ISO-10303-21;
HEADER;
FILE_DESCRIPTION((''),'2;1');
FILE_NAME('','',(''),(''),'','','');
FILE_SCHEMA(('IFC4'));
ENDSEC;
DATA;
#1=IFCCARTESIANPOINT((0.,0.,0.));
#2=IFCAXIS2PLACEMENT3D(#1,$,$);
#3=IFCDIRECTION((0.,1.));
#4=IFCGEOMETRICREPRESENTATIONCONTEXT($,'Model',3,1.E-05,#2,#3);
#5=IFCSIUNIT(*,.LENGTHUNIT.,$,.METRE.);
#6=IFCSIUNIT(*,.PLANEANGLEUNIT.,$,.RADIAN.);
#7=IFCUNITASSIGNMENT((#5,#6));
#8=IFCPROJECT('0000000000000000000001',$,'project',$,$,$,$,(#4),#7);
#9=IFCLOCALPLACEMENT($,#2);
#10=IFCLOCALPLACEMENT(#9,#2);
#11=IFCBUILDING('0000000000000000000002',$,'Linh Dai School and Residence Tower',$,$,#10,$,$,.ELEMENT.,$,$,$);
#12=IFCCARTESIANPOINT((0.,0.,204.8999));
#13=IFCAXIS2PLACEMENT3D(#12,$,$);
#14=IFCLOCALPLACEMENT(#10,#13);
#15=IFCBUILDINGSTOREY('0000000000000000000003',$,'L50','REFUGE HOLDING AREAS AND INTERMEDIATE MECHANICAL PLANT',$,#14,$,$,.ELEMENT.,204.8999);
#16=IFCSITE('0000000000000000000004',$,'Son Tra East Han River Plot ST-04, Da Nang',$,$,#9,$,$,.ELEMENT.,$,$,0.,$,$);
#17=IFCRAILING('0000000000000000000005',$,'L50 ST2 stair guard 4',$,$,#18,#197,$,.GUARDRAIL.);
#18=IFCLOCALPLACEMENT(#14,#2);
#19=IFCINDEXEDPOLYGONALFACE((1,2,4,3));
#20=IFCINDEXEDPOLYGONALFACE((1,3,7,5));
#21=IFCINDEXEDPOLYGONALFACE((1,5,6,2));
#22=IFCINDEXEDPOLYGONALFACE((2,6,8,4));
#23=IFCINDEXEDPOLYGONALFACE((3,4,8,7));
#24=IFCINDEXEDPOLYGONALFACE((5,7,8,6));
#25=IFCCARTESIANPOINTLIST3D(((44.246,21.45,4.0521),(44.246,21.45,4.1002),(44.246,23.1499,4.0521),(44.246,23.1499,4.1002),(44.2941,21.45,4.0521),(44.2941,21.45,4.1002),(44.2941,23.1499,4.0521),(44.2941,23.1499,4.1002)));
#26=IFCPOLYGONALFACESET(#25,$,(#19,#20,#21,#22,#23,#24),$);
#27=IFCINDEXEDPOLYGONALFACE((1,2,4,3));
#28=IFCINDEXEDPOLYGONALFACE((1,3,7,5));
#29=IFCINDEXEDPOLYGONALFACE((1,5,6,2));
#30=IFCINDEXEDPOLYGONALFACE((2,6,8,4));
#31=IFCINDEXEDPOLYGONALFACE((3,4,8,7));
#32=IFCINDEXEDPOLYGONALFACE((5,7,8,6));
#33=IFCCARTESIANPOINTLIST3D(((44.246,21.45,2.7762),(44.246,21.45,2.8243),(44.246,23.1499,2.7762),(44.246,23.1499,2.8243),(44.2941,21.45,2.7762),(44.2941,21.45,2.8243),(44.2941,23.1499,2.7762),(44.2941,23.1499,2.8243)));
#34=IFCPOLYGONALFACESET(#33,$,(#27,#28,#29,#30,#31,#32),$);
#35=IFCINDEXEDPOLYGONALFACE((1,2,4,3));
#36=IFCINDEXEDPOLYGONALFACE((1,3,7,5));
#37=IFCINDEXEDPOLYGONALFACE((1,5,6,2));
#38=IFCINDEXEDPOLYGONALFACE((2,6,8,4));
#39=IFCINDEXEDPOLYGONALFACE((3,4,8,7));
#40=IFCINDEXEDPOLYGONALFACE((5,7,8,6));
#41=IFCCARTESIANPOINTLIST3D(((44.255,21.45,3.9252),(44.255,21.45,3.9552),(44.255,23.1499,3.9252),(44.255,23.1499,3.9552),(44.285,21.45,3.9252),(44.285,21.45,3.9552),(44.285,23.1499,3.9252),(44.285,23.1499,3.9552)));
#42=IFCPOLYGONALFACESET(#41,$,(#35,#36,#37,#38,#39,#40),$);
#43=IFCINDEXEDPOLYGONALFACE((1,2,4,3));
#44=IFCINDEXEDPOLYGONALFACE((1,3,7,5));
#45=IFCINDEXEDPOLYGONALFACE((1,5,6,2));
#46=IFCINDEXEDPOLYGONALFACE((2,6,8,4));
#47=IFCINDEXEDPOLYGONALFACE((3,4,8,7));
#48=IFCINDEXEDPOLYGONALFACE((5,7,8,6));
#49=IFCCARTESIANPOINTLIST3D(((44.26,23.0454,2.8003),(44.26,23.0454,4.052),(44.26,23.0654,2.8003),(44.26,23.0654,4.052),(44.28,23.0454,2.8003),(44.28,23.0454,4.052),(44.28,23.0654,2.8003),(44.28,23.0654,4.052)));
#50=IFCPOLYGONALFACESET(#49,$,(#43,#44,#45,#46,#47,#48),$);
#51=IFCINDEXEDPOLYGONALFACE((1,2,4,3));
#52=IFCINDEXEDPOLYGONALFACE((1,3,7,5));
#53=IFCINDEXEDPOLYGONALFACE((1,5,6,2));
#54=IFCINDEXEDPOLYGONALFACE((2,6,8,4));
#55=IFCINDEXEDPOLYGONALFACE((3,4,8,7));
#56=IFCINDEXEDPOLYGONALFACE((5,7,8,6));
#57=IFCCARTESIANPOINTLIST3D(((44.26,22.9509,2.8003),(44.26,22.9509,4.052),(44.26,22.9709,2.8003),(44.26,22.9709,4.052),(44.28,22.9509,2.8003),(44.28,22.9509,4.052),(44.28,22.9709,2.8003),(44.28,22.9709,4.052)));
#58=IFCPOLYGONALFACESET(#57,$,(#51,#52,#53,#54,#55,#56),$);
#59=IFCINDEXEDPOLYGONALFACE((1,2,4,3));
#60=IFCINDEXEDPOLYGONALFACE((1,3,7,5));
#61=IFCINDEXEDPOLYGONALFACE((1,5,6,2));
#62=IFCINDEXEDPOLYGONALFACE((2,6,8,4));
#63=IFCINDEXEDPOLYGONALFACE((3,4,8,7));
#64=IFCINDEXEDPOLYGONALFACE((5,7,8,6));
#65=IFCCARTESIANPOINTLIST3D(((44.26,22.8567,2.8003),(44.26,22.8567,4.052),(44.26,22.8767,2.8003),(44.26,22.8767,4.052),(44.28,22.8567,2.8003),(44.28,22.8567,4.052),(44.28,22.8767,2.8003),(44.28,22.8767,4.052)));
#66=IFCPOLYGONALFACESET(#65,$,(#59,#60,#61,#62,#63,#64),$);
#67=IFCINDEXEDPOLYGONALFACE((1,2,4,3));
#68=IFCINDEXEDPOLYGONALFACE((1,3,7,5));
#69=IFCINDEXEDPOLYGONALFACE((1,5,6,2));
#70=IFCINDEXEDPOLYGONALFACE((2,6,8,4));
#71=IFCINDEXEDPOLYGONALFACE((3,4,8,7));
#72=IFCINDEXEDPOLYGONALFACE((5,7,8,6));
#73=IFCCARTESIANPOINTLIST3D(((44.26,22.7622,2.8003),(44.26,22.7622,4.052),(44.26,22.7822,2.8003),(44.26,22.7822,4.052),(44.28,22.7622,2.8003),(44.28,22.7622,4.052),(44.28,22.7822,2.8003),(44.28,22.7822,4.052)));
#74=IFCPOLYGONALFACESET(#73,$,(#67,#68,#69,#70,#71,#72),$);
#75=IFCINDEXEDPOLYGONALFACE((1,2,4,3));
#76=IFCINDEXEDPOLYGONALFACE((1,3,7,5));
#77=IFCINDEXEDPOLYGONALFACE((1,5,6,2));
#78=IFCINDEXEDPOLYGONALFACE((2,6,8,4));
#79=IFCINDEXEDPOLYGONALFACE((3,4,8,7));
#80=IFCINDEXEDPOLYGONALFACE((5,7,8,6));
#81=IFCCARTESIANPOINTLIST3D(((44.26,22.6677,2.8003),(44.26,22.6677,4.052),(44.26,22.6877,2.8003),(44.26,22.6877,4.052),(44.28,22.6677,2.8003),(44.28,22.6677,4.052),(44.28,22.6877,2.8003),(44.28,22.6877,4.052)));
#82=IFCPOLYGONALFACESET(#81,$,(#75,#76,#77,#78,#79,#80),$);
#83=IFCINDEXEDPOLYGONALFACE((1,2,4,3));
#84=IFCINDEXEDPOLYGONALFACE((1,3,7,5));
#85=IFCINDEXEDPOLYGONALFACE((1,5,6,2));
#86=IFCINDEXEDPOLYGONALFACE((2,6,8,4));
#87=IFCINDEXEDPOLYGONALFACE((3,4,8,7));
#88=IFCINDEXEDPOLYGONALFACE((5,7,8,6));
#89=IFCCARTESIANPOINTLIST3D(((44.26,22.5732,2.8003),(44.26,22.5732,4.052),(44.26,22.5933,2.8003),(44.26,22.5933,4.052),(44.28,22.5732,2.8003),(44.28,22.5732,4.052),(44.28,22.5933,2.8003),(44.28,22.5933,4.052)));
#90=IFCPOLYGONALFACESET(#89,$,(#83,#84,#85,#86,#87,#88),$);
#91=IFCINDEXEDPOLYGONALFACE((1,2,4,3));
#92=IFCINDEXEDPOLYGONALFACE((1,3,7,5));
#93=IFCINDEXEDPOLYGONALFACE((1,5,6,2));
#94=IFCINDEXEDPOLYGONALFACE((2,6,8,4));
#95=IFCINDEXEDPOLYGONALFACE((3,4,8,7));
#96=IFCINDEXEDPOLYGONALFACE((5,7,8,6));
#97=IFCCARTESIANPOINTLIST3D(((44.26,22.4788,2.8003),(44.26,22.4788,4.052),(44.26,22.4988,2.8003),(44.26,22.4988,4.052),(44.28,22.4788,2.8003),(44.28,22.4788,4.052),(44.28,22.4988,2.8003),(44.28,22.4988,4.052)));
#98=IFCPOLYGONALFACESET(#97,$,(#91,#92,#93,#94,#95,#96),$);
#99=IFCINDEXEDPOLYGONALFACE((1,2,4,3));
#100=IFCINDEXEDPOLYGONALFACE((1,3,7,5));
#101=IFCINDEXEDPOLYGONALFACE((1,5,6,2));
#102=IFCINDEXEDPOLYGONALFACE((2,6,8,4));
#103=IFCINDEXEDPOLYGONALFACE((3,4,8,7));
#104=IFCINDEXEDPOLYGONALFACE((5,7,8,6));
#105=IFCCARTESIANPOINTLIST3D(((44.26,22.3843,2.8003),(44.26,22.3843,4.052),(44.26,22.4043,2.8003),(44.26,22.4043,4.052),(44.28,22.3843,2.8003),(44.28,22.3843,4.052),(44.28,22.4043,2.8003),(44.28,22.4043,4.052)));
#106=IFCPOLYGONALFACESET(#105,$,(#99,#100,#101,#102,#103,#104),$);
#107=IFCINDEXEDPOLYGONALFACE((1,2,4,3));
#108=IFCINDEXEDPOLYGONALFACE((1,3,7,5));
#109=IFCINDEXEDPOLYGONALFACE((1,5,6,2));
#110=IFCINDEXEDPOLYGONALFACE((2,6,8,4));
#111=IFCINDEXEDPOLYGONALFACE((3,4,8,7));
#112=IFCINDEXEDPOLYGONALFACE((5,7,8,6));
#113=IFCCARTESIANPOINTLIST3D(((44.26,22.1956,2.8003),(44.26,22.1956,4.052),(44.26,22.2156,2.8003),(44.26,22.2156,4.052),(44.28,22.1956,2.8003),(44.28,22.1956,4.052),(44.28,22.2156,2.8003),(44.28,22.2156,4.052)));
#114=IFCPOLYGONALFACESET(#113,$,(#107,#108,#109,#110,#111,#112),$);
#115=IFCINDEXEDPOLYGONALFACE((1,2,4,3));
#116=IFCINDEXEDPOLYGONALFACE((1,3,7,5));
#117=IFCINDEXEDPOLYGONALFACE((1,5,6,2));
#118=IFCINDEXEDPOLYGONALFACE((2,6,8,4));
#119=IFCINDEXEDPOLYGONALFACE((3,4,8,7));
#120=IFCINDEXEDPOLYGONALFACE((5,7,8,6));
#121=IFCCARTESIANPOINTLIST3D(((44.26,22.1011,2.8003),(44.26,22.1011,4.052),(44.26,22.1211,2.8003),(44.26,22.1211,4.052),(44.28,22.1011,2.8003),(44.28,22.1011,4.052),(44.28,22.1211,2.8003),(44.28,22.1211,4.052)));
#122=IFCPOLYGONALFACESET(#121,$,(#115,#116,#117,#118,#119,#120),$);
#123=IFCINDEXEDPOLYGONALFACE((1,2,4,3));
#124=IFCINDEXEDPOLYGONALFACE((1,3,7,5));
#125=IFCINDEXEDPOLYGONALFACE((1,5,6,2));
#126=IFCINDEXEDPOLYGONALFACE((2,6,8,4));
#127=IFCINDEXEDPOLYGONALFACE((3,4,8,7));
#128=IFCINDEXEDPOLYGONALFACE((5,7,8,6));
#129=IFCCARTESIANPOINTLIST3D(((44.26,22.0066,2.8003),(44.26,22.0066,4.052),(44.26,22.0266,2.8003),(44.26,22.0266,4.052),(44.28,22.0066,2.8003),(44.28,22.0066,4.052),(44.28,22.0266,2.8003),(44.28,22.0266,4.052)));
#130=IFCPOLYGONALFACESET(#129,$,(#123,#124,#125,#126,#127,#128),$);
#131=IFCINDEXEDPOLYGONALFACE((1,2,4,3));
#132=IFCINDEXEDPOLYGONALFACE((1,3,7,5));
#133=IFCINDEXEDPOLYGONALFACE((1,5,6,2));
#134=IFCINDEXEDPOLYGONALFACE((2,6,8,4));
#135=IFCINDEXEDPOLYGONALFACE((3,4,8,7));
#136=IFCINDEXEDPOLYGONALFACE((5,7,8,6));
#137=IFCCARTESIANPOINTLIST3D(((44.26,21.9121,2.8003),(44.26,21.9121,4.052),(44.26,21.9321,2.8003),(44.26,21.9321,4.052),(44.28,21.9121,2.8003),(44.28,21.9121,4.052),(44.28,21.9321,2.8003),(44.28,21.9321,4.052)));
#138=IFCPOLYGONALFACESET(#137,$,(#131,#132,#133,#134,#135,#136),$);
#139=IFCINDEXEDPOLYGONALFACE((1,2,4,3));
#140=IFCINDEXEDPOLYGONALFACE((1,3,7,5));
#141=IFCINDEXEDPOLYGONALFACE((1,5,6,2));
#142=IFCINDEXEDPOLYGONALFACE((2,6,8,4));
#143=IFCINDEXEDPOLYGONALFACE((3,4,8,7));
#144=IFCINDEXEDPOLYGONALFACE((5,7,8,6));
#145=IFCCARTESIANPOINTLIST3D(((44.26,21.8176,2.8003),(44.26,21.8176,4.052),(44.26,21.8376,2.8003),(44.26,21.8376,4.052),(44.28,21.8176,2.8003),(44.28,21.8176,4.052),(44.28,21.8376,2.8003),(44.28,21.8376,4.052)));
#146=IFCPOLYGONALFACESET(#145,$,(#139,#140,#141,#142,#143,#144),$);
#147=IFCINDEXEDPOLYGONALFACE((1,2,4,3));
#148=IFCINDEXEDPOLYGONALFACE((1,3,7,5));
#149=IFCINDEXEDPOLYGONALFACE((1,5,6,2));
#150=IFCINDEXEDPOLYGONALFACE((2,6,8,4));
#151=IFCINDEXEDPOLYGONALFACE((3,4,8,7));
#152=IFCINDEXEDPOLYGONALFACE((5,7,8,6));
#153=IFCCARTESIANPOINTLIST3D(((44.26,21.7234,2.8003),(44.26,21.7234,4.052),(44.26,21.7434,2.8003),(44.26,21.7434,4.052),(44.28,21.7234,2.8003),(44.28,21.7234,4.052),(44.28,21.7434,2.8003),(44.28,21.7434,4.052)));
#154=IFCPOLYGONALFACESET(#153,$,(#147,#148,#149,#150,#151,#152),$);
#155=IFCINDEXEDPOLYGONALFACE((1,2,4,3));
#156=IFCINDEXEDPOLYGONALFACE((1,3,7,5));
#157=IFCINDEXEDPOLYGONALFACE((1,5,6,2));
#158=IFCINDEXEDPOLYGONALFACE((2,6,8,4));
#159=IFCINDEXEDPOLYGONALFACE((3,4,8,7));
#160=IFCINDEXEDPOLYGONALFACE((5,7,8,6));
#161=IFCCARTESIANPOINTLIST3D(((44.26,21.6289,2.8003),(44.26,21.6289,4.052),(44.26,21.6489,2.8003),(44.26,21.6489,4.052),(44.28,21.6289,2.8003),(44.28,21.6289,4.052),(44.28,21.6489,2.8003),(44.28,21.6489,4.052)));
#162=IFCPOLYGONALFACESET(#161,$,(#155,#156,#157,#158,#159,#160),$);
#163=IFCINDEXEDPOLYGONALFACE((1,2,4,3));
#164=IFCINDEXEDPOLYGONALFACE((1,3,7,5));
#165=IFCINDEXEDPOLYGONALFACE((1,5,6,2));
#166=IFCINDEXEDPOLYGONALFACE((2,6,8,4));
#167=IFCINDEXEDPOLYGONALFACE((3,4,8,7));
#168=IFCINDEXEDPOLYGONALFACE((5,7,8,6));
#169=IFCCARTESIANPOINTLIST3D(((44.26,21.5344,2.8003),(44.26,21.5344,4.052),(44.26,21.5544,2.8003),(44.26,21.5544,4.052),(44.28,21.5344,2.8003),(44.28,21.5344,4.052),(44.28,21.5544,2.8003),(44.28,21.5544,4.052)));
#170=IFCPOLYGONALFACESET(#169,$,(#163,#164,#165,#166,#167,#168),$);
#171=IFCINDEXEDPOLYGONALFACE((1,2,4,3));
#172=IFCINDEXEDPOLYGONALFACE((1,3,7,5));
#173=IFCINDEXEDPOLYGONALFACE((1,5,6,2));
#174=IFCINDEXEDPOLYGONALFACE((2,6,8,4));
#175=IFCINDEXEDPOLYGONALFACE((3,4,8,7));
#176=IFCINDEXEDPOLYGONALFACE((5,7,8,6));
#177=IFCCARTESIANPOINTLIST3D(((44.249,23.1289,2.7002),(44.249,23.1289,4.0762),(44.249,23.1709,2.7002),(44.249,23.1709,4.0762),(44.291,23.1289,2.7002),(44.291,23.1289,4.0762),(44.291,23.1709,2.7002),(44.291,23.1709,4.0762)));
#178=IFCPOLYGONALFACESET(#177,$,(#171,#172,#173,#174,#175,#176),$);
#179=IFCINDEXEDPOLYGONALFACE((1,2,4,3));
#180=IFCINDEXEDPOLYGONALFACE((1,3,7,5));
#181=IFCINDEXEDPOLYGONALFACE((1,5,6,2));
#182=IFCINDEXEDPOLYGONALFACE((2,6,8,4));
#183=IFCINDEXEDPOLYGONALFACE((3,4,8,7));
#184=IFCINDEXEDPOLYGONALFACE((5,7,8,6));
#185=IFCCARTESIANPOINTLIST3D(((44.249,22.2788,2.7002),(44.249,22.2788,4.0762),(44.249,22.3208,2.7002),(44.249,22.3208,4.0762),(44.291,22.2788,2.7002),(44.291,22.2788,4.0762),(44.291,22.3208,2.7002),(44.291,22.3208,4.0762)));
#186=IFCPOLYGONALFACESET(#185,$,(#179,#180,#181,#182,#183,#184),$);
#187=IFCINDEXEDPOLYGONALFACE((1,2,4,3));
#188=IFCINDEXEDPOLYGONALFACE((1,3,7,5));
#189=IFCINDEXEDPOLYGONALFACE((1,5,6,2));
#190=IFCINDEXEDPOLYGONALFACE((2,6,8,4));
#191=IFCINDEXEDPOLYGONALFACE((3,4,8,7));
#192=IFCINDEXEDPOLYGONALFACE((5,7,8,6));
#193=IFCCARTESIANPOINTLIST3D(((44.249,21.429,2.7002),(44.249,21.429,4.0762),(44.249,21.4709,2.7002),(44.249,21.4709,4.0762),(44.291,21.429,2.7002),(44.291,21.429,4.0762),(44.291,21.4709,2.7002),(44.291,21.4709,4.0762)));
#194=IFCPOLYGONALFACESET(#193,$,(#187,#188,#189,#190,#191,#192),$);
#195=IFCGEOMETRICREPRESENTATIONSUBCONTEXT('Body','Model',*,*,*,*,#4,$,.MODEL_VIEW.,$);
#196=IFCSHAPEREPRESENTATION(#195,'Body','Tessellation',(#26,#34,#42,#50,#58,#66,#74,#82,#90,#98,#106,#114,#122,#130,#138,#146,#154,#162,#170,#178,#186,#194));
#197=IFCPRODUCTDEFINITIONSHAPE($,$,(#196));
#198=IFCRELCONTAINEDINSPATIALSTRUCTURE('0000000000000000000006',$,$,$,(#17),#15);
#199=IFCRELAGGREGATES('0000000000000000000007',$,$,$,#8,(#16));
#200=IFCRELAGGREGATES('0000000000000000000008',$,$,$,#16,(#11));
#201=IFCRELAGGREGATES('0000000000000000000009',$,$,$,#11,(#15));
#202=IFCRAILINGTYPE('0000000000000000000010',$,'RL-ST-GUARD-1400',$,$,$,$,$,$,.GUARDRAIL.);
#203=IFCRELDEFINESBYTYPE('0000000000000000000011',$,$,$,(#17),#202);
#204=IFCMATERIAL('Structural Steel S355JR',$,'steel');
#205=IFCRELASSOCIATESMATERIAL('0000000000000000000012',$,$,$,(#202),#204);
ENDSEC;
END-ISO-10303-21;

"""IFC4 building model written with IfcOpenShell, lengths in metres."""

from ifc_helpers import new_model, si_unit, direction, frame, origin, origin_2d, place, context, subcontext, project, spatial, rectangle, extrude, source, transform, mapped, material, type_object, element, save


model = new_model("IFC4")

# Units and contexts
model_context = context("Model", 3, precision=1e-05, world=origin(), true_north=direction((0.0, 1.0)))
body_context = subcontext(model_context, "Body", "Model", "MODEL_VIEW")
ifc_project = project(units=[si_unit("LENGTHUNIT", "METRE"), si_unit("PLANEANGLEUNIT", "RADIAN")], contexts=[model_context])

# Site, building, storey
site_placement = place(None, origin())
site = spatial("IfcSite", under=ifc_project, at=site_placement, Name="Son Tra East Han River Plot ST-04, Da Nang", CompositionType="ELEMENT", RefElevation=0.0)
building_placement = place(site_placement, origin())
building = spatial("IfcBuilding", under=site, at=building_placement, Name="Linh Dai School and Residence Tower", CompositionType="ELEMENT")
storey_placement = place(building_placement, frame((0.0, 0.0, 204.8999)))
storey = spatial("IfcBuildingStorey", under=building, at=storey_placement, Name="L50", Description="REFUGE HOLDING AREAS AND INTERMEDIATE MECHANICAL PLANT", CompositionType="ELEMENT", Elevation=204.8999)

# Shared definitions
ifc_material_1 = material(Name="Structural Steel S355JR", Category="steel")

# Railing
railing_type_1 = type_object("IfcRailingType", Name="RL-ST-GUARD-1400", PredefinedType="GUARDRAIL", material=ifc_material_1)
shared_shape_1 = source(origin(), body_context, "Body", "SweptSolid", [
    extrude(rectangle(XDim=0.0481, YDim=0.0481, at=origin_2d()), frame((0.0, 0.0, 1.376), z_axis=(0.0, -1.0, 0.0), x_axis=(1.0, 0.0, 0.0)), (0.0, 0.0, 1.0), 1.7),
    extrude(rectangle(XDim=0.0481, YDim=0.0481, at=origin_2d()), frame((0.0, 0.0, 0.1001), z_axis=(0.0, -1.0, 0.0), x_axis=(1.0, 0.0, 0.0)), (0.0, 0.0, 1.0), 1.7),
    extrude(rectangle(XDim=0.03, YDim=0.03, at=origin_2d()), frame((0.0, 0.0, 1.24), z_axis=(0.0, -1.0, 0.0), x_axis=(1.0, 0.0, 0.0)), (0.0, 0.0, 1.0), 1.7),
    extrude(rectangle(XDim=0.02, YDim=0.02, at=origin_2d()), frame((0.0, -0.0945, 0.1001)), (0.0, 0.0, 1.0), 1.2517),
    extrude(rectangle(XDim=0.02, YDim=0.02, at=origin_2d()), frame((0.0, -0.189, 0.1001)), (0.0, 0.0, 1.0), 1.2517),
    extrude(rectangle(XDim=0.02, YDim=0.02, at=origin_2d()), frame((0.0, -0.2832, 0.1001)), (0.0, 0.0, 1.0), 1.2517),
    extrude(rectangle(XDim=0.02, YDim=0.02, at=origin_2d()), frame((0.0, -0.3777, 0.1001)), (0.0, 0.0, 1.0), 1.2517),
    extrude(rectangle(XDim=0.02, YDim=0.02, at=origin_2d()), frame((0.0, -0.4722, 0.1001)), (0.0, 0.0, 1.0), 1.2517),
    extrude(rectangle(XDim=0.02, YDim=0.02, at=origin_2d()), frame((0.0, -0.5667, 0.1001)), (0.0, 0.0, 1.0), 1.2517),
    extrude(rectangle(XDim=0.02, YDim=0.02, at=origin_2d()), frame((0.0, -0.6611, 0.1001)), (0.0, 0.0, 1.0), 1.2517),
    extrude(rectangle(XDim=0.02, YDim=0.02, at=origin_2d()), frame((0.0, -0.7556, 0.1001)), (0.0, 0.0, 1.0), 1.2517),
    extrude(rectangle(XDim=0.02, YDim=0.02, at=origin_2d()), frame((0.0, -0.9443, 0.1001)), (0.0, 0.0, 1.0), 1.2517),
    extrude(rectangle(XDim=0.02, YDim=0.02, at=origin_2d()), frame((0.0, -1.0388, 0.1001)), (0.0, 0.0, 1.0), 1.2517),
    extrude(rectangle(XDim=0.02, YDim=0.02, at=origin_2d()), frame((0.0, -1.1333, 0.1001)), (0.0, 0.0, 1.0), 1.2517),
    extrude(rectangle(XDim=0.02, YDim=0.02, at=origin_2d()), frame((0.0, -1.2278, 0.1001)), (0.0, 0.0, 1.0), 1.2517),
    extrude(rectangle(XDim=0.02, YDim=0.02, at=origin_2d()), frame((0.0, -1.3223, 0.1001)), (0.0, 0.0, 1.0), 1.2517),
    extrude(rectangle(XDim=0.02, YDim=0.02, at=origin_2d()), frame((0.0, -1.4165, 0.1001)), (0.0, 0.0, 1.0), 1.2517),
    extrude(rectangle(XDim=0.02, YDim=0.02, at=origin_2d()), frame((0.0, -1.511, 0.1001)), (0.0, 0.0, 1.0), 1.2517),
    extrude(rectangle(XDim=0.02, YDim=0.02, at=origin_2d()), frame((0.0, -1.6055, 0.1001)), (0.0, 0.0, 1.0), 1.2517),
    extrude(rectangle(XDim=0.042, YDim=0.042, at=origin_2d()), origin(), (0.0, 0.0, 1.0), 1.376),
    extrude(rectangle(XDim=0.042, YDim=0.042, at=origin_2d()), frame((0.0, -0.8501, 0.0)), (0.0, 0.0, 1.0), 1.376),
    extrude(rectangle(XDim=0.042, YDim=0.042, at=origin_2d()), frame((0.0, -1.7, 0.0)), (0.0, 0.0, 1.0), 1.376),
])
for number, where, name in (
    (1, (44.27, 23.1499, 2.7002), "L50 ST2 stair guard 4"),
):
    element("IfcRailing", number, at=place(storey_placement, frame(where)), inside=storey, type_object=railing_type_1, Name=name, PredefinedType="GUARDRAIL", context=body_context, shape_type="MappedRepresentation", body=[
        mapped(shared_shape_1, transform((0.0, 0.0, 0.0), x_axis=(1.0, 0.0, 0.0), y_axis=(0.0, 1.0, 0.0), z_axis=(0.0, 0.0, 1.0), scale=1.0)),
    ])

save(model, "model.ifc")
